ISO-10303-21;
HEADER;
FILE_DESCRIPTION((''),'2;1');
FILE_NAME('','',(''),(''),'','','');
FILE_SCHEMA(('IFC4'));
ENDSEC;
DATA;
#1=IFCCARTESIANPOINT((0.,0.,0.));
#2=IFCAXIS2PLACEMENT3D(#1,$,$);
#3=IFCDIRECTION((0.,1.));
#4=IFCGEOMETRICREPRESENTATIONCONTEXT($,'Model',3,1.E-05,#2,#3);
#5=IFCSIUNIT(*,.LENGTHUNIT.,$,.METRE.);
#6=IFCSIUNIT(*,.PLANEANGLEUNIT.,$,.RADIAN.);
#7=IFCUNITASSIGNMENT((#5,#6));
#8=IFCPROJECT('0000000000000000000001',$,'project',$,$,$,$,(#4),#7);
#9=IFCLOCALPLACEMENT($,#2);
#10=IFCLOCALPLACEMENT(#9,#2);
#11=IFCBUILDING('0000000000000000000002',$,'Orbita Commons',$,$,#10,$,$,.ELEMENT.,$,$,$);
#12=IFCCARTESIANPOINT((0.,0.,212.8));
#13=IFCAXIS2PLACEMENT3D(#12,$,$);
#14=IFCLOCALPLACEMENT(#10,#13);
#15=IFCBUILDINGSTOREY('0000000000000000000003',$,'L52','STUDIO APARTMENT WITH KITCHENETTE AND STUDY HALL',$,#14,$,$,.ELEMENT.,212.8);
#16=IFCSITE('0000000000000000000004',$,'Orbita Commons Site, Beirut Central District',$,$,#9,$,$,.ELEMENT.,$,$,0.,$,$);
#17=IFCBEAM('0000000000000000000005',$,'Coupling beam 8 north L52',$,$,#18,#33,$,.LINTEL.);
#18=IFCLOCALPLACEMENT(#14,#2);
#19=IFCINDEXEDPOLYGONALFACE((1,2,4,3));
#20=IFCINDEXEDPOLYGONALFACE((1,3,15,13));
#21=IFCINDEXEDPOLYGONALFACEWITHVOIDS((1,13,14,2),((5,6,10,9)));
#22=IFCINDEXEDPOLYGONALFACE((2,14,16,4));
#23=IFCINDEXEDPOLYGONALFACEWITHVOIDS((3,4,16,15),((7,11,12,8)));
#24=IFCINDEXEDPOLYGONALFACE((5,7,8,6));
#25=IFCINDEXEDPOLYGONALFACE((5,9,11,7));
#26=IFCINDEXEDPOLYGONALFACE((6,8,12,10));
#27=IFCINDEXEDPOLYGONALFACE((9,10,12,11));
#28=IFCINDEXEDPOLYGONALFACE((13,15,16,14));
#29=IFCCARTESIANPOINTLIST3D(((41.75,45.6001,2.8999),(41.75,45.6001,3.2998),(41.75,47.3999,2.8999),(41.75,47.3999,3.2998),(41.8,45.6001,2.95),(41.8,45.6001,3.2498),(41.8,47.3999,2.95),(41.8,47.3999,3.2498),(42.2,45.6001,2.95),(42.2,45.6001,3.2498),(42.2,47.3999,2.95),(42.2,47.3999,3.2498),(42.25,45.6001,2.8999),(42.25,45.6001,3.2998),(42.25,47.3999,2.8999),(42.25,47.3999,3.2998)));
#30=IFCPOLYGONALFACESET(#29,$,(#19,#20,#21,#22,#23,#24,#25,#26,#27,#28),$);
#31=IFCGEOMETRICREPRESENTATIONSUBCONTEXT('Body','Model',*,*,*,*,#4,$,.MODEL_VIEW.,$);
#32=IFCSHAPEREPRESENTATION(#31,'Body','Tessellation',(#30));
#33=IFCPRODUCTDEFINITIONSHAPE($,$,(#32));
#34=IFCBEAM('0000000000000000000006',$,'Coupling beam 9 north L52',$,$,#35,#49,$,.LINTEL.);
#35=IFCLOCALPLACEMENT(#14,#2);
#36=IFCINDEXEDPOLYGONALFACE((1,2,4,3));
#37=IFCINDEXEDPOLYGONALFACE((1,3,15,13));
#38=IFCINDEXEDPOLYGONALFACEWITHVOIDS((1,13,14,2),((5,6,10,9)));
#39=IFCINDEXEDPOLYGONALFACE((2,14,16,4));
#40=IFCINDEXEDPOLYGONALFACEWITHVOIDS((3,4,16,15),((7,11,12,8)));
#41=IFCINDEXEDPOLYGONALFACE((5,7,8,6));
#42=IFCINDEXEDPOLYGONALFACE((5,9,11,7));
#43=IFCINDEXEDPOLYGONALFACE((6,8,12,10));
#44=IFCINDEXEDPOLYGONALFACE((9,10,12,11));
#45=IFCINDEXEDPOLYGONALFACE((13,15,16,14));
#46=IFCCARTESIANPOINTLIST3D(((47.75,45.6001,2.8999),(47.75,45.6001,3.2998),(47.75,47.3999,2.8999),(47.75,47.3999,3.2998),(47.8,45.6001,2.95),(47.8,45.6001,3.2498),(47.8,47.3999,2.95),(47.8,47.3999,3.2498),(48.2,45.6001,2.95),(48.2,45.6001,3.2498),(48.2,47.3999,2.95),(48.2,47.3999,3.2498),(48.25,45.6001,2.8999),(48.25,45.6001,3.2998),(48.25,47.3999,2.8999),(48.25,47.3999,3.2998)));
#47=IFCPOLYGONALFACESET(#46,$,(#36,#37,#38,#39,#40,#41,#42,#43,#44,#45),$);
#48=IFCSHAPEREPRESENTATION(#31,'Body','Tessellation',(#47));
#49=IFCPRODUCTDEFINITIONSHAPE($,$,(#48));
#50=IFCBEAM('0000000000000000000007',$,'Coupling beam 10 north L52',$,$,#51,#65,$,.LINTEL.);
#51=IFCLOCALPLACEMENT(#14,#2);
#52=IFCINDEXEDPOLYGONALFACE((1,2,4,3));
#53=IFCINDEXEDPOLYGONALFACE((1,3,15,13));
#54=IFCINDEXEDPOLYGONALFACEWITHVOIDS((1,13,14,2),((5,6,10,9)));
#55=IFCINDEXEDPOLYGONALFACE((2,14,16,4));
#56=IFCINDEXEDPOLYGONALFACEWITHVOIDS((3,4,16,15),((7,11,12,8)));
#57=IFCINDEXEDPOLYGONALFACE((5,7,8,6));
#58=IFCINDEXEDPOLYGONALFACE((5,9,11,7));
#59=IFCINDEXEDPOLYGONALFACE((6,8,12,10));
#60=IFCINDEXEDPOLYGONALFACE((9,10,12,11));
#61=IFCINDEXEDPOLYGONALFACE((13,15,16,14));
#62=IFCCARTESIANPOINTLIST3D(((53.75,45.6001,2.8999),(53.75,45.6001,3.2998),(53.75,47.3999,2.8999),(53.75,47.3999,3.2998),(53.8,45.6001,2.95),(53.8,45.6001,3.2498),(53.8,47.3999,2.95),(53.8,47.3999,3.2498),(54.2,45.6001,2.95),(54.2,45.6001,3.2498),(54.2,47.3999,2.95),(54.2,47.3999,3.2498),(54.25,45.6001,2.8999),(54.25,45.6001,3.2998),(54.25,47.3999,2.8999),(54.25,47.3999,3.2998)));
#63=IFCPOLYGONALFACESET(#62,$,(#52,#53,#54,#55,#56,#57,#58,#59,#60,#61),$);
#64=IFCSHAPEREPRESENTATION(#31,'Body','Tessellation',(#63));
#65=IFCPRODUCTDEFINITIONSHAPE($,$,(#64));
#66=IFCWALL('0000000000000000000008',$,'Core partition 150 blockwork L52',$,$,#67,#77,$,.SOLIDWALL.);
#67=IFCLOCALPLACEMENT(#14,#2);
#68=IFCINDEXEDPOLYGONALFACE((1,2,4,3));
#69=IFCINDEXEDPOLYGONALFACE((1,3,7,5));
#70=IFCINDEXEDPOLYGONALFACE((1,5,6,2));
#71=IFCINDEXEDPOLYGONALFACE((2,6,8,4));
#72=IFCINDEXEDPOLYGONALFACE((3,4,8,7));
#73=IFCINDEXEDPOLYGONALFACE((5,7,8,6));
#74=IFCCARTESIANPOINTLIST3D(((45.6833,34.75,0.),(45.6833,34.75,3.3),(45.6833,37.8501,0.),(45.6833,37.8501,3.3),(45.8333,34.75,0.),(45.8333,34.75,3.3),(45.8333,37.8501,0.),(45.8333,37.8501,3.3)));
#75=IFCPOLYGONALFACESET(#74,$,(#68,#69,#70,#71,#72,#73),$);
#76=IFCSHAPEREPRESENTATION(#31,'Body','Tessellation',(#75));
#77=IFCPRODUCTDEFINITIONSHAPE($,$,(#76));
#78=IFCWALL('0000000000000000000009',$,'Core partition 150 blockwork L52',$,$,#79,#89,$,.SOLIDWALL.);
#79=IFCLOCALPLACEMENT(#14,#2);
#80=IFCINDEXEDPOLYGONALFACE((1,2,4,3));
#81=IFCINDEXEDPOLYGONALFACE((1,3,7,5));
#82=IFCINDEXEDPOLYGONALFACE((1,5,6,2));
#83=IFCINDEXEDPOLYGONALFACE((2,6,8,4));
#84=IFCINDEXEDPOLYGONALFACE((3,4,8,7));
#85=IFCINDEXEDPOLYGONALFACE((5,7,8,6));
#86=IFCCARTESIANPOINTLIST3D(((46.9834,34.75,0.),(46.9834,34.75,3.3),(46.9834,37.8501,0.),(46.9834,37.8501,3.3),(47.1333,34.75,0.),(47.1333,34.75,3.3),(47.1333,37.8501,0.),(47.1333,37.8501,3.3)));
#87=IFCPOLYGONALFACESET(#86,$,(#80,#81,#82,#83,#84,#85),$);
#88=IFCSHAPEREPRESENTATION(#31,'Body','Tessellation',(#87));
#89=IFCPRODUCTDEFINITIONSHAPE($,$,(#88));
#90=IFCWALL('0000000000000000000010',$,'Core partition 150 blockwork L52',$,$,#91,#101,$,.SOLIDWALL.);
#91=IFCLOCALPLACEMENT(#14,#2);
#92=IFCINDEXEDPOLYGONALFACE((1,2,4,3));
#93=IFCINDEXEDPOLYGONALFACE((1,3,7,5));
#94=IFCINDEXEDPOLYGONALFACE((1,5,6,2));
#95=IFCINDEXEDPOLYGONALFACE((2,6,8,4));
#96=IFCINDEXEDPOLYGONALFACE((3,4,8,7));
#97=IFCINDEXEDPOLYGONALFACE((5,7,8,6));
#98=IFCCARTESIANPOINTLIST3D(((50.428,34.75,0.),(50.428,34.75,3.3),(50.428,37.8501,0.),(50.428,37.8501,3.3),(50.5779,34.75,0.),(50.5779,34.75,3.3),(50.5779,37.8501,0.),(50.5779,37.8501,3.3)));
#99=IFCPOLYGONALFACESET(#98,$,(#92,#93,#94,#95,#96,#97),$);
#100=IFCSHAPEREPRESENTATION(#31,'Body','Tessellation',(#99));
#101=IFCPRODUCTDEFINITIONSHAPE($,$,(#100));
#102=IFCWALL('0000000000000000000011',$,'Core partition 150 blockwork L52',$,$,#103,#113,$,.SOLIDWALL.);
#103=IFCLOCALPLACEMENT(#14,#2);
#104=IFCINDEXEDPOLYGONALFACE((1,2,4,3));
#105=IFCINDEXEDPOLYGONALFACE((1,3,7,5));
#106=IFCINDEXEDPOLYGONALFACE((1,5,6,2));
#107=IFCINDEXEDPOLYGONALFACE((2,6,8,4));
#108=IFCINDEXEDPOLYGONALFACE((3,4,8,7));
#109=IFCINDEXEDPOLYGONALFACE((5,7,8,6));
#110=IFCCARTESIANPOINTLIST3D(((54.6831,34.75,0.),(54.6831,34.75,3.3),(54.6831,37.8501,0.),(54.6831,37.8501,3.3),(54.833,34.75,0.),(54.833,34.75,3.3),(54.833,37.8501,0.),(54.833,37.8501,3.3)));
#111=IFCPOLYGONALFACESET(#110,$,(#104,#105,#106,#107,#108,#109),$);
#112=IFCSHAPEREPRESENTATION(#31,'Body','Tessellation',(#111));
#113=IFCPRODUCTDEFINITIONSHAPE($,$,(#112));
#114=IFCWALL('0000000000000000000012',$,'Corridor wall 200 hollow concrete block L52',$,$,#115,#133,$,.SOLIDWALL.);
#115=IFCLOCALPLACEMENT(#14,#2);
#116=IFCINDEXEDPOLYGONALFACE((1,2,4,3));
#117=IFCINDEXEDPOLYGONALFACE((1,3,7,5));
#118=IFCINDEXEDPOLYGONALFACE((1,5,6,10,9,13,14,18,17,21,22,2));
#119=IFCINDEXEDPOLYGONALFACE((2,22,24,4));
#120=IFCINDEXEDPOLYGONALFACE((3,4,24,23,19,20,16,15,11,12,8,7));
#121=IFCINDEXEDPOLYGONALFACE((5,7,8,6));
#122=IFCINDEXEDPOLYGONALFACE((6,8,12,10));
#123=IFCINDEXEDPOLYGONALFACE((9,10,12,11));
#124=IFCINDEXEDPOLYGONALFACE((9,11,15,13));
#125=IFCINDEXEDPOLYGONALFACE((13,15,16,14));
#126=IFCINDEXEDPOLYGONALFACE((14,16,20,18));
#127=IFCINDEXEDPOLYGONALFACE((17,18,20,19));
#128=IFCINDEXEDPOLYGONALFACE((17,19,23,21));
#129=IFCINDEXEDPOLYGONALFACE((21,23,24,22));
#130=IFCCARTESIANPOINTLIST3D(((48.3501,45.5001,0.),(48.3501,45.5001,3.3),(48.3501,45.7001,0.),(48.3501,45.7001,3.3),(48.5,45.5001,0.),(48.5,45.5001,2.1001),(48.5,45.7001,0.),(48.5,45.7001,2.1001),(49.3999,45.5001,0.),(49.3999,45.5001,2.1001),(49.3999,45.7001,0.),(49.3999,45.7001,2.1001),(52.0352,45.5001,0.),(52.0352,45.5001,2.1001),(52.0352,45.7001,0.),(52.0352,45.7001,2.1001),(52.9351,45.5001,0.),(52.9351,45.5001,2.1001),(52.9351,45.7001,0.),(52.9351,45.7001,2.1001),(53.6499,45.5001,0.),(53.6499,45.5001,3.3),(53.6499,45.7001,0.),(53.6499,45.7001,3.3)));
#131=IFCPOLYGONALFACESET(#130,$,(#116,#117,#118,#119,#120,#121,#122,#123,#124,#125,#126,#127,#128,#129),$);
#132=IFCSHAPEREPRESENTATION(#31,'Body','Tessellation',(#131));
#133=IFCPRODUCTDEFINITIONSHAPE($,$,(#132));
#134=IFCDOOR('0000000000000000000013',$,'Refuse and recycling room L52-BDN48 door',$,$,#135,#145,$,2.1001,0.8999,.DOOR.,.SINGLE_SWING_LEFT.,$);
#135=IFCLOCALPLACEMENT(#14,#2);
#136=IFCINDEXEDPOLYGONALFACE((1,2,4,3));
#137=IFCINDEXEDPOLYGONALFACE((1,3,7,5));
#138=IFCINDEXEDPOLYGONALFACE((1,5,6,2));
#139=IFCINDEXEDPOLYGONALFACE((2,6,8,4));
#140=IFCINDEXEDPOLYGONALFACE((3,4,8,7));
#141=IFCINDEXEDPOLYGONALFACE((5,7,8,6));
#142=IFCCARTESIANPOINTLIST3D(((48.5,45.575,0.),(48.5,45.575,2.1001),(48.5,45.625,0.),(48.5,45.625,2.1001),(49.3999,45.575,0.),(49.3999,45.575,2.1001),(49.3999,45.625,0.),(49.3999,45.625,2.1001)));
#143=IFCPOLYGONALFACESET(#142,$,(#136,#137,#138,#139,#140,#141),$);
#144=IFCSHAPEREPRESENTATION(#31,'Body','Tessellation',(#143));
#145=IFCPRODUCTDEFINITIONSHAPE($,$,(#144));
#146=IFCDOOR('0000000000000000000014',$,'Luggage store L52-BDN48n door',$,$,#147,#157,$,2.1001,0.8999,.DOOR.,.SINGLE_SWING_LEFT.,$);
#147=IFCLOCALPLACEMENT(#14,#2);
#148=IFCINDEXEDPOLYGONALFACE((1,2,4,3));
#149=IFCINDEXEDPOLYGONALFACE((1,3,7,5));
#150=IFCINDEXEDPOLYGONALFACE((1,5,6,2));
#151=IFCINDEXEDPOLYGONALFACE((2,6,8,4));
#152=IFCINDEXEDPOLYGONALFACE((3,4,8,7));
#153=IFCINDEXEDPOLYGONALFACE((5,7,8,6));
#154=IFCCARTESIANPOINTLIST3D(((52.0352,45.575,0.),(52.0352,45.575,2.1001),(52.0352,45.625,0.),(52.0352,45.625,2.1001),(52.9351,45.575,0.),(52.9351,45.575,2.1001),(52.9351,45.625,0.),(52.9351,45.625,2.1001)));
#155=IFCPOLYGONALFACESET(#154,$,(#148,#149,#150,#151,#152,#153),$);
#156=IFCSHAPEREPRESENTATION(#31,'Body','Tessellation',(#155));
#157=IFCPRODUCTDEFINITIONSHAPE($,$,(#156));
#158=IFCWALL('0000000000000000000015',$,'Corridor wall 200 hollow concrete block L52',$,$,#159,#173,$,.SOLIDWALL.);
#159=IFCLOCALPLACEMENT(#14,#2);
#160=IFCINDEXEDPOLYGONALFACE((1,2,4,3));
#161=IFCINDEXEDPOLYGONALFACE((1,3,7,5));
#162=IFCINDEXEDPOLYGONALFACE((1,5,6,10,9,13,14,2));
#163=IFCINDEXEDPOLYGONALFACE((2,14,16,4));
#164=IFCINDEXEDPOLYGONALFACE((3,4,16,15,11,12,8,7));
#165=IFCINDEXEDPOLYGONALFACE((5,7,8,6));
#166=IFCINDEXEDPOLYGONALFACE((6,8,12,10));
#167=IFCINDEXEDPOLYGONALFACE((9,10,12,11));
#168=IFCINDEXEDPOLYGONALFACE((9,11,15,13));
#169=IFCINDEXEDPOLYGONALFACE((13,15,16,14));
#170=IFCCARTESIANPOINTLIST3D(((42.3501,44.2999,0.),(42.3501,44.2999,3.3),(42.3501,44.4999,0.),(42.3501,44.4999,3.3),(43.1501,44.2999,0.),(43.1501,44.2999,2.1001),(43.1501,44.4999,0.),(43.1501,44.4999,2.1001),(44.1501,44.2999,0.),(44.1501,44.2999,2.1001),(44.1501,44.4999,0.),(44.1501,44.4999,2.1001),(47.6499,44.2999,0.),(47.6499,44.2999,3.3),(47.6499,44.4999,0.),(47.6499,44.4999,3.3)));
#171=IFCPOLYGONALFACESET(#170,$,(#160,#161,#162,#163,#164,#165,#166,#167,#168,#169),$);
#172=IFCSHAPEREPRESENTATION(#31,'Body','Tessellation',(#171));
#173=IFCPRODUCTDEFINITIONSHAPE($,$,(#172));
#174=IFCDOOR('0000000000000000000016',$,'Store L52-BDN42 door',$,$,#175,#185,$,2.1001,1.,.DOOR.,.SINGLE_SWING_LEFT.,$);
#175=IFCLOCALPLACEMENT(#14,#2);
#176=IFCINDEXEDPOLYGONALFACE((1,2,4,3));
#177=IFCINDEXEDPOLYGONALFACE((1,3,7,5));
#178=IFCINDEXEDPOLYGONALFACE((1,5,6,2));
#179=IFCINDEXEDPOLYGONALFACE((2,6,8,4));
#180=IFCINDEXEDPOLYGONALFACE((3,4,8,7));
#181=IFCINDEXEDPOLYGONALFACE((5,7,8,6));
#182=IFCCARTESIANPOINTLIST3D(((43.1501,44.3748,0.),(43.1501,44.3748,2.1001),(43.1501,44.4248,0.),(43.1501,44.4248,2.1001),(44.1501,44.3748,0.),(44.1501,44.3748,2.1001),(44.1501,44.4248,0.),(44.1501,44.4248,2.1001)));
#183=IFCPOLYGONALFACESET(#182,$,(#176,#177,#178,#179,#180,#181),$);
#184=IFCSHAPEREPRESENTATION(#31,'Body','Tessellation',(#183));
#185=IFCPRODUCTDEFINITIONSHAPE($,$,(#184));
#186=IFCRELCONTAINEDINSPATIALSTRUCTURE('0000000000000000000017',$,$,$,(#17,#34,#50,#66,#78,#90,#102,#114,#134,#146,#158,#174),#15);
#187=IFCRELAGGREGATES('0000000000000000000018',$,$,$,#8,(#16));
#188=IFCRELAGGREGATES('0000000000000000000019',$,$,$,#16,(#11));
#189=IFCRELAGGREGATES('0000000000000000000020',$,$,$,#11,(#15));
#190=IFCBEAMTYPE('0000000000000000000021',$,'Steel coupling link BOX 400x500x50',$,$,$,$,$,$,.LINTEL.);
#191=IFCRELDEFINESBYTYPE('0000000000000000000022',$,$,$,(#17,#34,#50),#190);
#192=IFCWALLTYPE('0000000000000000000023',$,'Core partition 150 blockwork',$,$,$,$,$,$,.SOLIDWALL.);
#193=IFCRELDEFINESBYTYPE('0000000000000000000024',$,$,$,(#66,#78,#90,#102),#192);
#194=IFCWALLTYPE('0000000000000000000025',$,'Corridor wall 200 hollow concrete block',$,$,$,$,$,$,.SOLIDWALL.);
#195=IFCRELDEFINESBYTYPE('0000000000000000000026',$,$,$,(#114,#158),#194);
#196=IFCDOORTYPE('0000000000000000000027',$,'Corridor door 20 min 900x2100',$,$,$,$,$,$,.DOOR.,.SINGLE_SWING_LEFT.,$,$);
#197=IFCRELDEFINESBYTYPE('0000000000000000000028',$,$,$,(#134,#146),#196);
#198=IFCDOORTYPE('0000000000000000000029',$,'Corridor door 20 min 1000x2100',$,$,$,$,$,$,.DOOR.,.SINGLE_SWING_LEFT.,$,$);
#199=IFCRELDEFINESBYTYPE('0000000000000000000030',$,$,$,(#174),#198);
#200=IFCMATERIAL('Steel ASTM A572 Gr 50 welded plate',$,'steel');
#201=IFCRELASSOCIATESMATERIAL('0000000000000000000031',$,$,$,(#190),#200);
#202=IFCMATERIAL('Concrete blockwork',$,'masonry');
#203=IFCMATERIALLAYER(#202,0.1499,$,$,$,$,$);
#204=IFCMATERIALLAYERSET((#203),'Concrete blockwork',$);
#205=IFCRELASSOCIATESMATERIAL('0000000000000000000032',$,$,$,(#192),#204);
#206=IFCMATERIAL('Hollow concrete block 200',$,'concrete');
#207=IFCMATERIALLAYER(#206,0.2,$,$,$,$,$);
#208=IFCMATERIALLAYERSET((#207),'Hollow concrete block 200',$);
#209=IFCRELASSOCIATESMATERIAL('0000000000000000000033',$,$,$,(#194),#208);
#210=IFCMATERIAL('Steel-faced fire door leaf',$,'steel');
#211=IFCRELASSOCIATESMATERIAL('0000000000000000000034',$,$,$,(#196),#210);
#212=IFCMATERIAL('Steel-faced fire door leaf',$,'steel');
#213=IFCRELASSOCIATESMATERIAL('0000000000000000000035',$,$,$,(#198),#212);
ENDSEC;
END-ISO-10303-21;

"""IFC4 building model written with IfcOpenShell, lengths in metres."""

from ifc_helpers import new_model, si_unit, direction, frame, frame_2d, origin, origin_2d, place, context, subcontext, project, spatial, rectangle, hollow_rectangle, extrude, material, layer, layer_set, material_profile, profile_set, type_object, element, fill, save


model = new_model("IFC4")

# Units and contexts
model_context = context("Model", 3, precision=1e-05, world=origin(), true_north=direction((0.0, 1.0)))
body_context = subcontext(model_context, "Body", "Model", "MODEL_VIEW")
ifc_project = project(units=[si_unit("LENGTHUNIT", "METRE"), si_unit("PLANEANGLEUNIT", "RADIAN")], contexts=[model_context])

# Site, building, storey
site_placement = place(None, origin())
site = spatial("IfcSite", under=ifc_project, at=site_placement, Name="Orbita Commons Site, Beirut Central District", CompositionType="ELEMENT", RefElevation=0.0)
building_placement = place(site_placement, origin())
building = spatial("IfcBuilding", under=site, at=building_placement, Name="Orbita Commons", CompositionType="ELEMENT")
storey_placement = place(building_placement, frame((0.0, 0.0, 212.8)))
storey = spatial("IfcBuildingStorey", under=building, at=storey_placement, Name="L52", Description="STUDIO APARTMENT WITH KITCHENETTE AND STUDY HALL", CompositionType="ELEMENT", Elevation=212.8)

# Beams
ifc_material_1 = material(Name="Steel ASTM A572 Gr 50 welded plate", Category="steel")
ifc_material_profile = material_profile(ifc_material_1, hollow_rectangle(XDim=0.5, YDim=0.3999, WallThickness=0.05, at=origin_2d()), Name="BOX 400x500x50")
ifc_profile_set = profile_set([ifc_material_profile], Name="Steel ASTM A572 Gr 50 welded plate")
beam_type = type_object("IfcBeamType", Name="Steel coupling link BOX 400x500x50", PredefinedType="LINTEL", material=ifc_profile_set)
for number, where, z_axis, x_axis, name in (
    (1, (42.0, 45.6001, 3.0999), (0.0, 1.0, 0.0), (-1.0, 0.0, 0.0), "Coupling beam 8 north L52"),
    (2, (48.0, 45.6001, 3.0999), (0.0, 1.0, 0.0), (-1.0, 0.0, 0.0), "Coupling beam 9 north L52"),
    (3, (54.0, 45.6001, 3.0999), (0.0, 1.0, 0.0), (-1.0, 0.0, 0.0), "Coupling beam 10 north L52"),
):
    element("IfcBeam", number, at=place(storey_placement, frame(where, z_axis=z_axis, x_axis=x_axis)), inside=storey, type_object=beam_type, Name=name, PredefinedType="LINTEL", context=body_context, shape_type="SweptSolid", body=[
        extrude(hollow_rectangle(XDim=0.5, YDim=0.3999, WallThickness=0.05, at=origin_2d()), origin(), (0.0, 0.0, 1.0), 1.7998),
    ])

# Walls
ifc_material_2 = material(Name="Concrete blockwork", Category="masonry")
ifc_layer_1 = layer(ifc_material_2, 0.1499)
ifc_layer_set_1 = layer_set([ifc_layer_1], Name="Concrete blockwork")
wall_type_1 = type_object("IfcWallType", Name="Core partition 150 blockwork", PredefinedType="SOLIDWALL", material=ifc_layer_set_1)
for number, where, z_axis, x_axis, name in (
    (4, (45.7583, 34.75, 0.0), (0.0, 0.0, 1.0), (0.0, 1.0, 0.0), "Core partition 150 blockwork L52"),
    (5, (47.0583, 34.75, 0.0), (0.0, 0.0, 1.0), (0.0, 1.0, 0.0), "Core partition 150 blockwork L52"),
    (6, (50.5029, 34.75, 0.0), (0.0, 0.0, 1.0), (0.0, 1.0, 0.0), "Core partition 150 blockwork L52"),
    (7, (54.7581, 34.75, 0.0), (0.0, 0.0, 1.0), (0.0, 1.0, 0.0), "Core partition 150 blockwork L52"),
):
    element("IfcWall", number, at=place(storey_placement, frame(where, z_axis=z_axis, x_axis=x_axis)), inside=storey, type_object=wall_type_1, Name=name, PredefinedType="SOLIDWALL", context=body_context, shape_type="SweptSolid", body=[
        extrude(rectangle(XDim=3.1001, YDim=0.1499, at=frame_2d((1.55, 0.0))), origin(), (0.0, 0.0, 1.0), 3.3),
    ])

# Wall, openings, doors
ifc_material_3 = material(Name="Hollow concrete block 200", Category="concrete")
ifc_layer_2 = layer(ifc_material_3, 0.2)
ifc_layer_set_2 = layer_set([ifc_layer_2], Name="Hollow concrete block 200")
wall_type_2 = type_object("IfcWallType", Name="Corridor wall 200 hollow concrete block", PredefinedType="SOLIDWALL", material=ifc_layer_set_2)
wall_1_placement = place(storey_placement, frame((48.3501, 45.6001, 0.0), z_axis=(0.0, 0.0, 1.0), x_axis=(1.0, 0.0, 0.0)))
wall_1 = element("IfcWall", 8, at=wall_1_placement, inside=storey, type_object=wall_type_2, Name="Corridor wall 200 hollow concrete block L52", PredefinedType="SOLIDWALL", context=body_context, shape_type="SweptSolid", body=[
    extrude(rectangle(XDim=5.2998, YDim=0.2, at=frame_2d((2.6499, 0.0))), origin(), (0.0, 0.0, 1.0), 3.3),
])
opening_1_placement = place(wall_1_placement, frame((0.1499, 0.0, 0.0)))
opening_1 = element("IfcOpeningElement", 9, at=opening_1_placement, cuts=wall_1, PredefinedType="OPENING", context=body_context, shape_type="SweptSolid", body=[
    extrude(rectangle(XDim=0.8999, YDim=2.1001, at=frame_2d((0.45, 1.05))), frame((0.0, 0.1099, 0.0), z_axis=(0.0, -1.0, 0.0), x_axis=(1.0, 0.0, 0.0)), (0.0, 0.0, 1.0), 0.22),
])
opening_2_placement = place(wall_1_placement, frame((3.6851, 0.0, 0.0)))
opening_2 = element("IfcOpeningElement", 10, at=opening_2_placement, cuts=wall_1, PredefinedType="OPENING", context=body_context, shape_type="SweptSolid", body=[
    extrude(rectangle(XDim=0.8999, YDim=2.1001, at=frame_2d((0.45, 1.05))), frame((0.0, 0.1099, 0.0), z_axis=(0.0, -1.0, 0.0), x_axis=(1.0, 0.0, 0.0)), (0.0, 0.0, 1.0), 0.22),
])
ifc_material_4 = material(Name="Steel-faced fire door leaf", Category="steel")
door_type_1 = type_object("IfcDoorType", Name="Corridor door 20 min 900x2100", OperationType="SINGLE_SWING_LEFT", PredefinedType="DOOR", material=ifc_material_4)
door_1_placement = place(opening_1_placement, origin())
door_1 = element("IfcDoor", 11, at=door_1_placement, inside=storey, type_object=door_type_1, Name="Refuse and recycling room L52-BDN48 door", OperationType="SINGLE_SWING_LEFT", OverallHeight=2.1001, OverallWidth=0.8999, PredefinedType="DOOR", context=body_context, shape_type="SweptSolid", body=[
    extrude(rectangle(XDim=0.8999, YDim=2.1001, at=frame_2d((0.45, 1.05))), frame((0.0, 0.0249, 0.0), z_axis=(0.0, -1.0, 0.0), x_axis=(1.0, 0.0, 0.0)), (0.0, 0.0, 1.0), 0.05),
])
fill(opening_1, door_1)
door_2_placement = place(opening_2_placement, origin())
door_2 = element("IfcDoor", 12, at=door_2_placement, inside=storey, type_object=door_type_1, Name="Luggage store L52-BDN48n door", OperationType="SINGLE_SWING_LEFT", OverallHeight=2.1001, OverallWidth=0.8999, PredefinedType="DOOR", context=body_context, shape_type="SweptSolid", body=[
    extrude(rectangle(XDim=0.8999, YDim=2.1001, at=frame_2d((0.45, 1.05))), frame((0.0, 0.0249, 0.0), z_axis=(0.0, -1.0, 0.0), x_axis=(1.0, 0.0, 0.0)), (0.0, 0.0, 1.0), 0.05),
])
fill(opening_2, door_2)

# Wall, opening, door
wall_2_placement = place(storey_placement, frame((42.3501, 44.3999, 0.0), z_axis=(0.0, 0.0, 1.0), x_axis=(1.0, 0.0, 0.0)))
wall_2 = element("IfcWall", 13, at=wall_2_placement, inside=storey, type_object=wall_type_2, Name="Corridor wall 200 hollow concrete block L52", PredefinedType="SOLIDWALL", context=body_context, shape_type="SweptSolid", body=[
    extrude(rectangle(XDim=5.2998, YDim=0.2, at=frame_2d((2.6499, 0.0))), origin(), (0.0, 0.0, 1.0), 3.3),
])
opening_3_placement = place(wall_2_placement, frame((0.8, 0.0, 0.0)))
opening_3 = element("IfcOpeningElement", 14, at=opening_3_placement, cuts=wall_2, PredefinedType="OPENING", context=body_context, shape_type="SweptSolid", body=[
    extrude(rectangle(XDim=1.0, YDim=2.1001, at=frame_2d((0.5, 1.05))), frame((0.0, 0.1099, 0.0), z_axis=(0.0, -1.0, 0.0), x_axis=(1.0, 0.0, 0.0)), (0.0, 0.0, 1.0), 0.22),
])
ifc_material_5 = material(Name="Steel-faced fire door leaf", Category="steel")
door_type_2 = type_object("IfcDoorType", Name="Corridor door 20 min 1000x2100", OperationType="SINGLE_SWING_LEFT", PredefinedType="DOOR", material=ifc_material_5)
door_3_placement = place(opening_3_placement, origin())
door_3 = element("IfcDoor", 15, at=door_3_placement, inside=storey, type_object=door_type_2, Name="Store L52-BDN42 door", OperationType="SINGLE_SWING_LEFT", OverallHeight=2.1001, OverallWidth=1.0, PredefinedType="DOOR", context=body_context, shape_type="SweptSolid", body=[
    extrude(rectangle(XDim=1.0, YDim=2.1001, at=frame_2d((0.5, 1.05))), frame((0.0, 0.0249, 0.0), z_axis=(0.0, -1.0, 0.0), x_axis=(1.0, 0.0, 0.0)), (0.0, 0.0, 1.0), 0.05),
])
fill(opening_3, door_3)

save(model, "model.ifc")
